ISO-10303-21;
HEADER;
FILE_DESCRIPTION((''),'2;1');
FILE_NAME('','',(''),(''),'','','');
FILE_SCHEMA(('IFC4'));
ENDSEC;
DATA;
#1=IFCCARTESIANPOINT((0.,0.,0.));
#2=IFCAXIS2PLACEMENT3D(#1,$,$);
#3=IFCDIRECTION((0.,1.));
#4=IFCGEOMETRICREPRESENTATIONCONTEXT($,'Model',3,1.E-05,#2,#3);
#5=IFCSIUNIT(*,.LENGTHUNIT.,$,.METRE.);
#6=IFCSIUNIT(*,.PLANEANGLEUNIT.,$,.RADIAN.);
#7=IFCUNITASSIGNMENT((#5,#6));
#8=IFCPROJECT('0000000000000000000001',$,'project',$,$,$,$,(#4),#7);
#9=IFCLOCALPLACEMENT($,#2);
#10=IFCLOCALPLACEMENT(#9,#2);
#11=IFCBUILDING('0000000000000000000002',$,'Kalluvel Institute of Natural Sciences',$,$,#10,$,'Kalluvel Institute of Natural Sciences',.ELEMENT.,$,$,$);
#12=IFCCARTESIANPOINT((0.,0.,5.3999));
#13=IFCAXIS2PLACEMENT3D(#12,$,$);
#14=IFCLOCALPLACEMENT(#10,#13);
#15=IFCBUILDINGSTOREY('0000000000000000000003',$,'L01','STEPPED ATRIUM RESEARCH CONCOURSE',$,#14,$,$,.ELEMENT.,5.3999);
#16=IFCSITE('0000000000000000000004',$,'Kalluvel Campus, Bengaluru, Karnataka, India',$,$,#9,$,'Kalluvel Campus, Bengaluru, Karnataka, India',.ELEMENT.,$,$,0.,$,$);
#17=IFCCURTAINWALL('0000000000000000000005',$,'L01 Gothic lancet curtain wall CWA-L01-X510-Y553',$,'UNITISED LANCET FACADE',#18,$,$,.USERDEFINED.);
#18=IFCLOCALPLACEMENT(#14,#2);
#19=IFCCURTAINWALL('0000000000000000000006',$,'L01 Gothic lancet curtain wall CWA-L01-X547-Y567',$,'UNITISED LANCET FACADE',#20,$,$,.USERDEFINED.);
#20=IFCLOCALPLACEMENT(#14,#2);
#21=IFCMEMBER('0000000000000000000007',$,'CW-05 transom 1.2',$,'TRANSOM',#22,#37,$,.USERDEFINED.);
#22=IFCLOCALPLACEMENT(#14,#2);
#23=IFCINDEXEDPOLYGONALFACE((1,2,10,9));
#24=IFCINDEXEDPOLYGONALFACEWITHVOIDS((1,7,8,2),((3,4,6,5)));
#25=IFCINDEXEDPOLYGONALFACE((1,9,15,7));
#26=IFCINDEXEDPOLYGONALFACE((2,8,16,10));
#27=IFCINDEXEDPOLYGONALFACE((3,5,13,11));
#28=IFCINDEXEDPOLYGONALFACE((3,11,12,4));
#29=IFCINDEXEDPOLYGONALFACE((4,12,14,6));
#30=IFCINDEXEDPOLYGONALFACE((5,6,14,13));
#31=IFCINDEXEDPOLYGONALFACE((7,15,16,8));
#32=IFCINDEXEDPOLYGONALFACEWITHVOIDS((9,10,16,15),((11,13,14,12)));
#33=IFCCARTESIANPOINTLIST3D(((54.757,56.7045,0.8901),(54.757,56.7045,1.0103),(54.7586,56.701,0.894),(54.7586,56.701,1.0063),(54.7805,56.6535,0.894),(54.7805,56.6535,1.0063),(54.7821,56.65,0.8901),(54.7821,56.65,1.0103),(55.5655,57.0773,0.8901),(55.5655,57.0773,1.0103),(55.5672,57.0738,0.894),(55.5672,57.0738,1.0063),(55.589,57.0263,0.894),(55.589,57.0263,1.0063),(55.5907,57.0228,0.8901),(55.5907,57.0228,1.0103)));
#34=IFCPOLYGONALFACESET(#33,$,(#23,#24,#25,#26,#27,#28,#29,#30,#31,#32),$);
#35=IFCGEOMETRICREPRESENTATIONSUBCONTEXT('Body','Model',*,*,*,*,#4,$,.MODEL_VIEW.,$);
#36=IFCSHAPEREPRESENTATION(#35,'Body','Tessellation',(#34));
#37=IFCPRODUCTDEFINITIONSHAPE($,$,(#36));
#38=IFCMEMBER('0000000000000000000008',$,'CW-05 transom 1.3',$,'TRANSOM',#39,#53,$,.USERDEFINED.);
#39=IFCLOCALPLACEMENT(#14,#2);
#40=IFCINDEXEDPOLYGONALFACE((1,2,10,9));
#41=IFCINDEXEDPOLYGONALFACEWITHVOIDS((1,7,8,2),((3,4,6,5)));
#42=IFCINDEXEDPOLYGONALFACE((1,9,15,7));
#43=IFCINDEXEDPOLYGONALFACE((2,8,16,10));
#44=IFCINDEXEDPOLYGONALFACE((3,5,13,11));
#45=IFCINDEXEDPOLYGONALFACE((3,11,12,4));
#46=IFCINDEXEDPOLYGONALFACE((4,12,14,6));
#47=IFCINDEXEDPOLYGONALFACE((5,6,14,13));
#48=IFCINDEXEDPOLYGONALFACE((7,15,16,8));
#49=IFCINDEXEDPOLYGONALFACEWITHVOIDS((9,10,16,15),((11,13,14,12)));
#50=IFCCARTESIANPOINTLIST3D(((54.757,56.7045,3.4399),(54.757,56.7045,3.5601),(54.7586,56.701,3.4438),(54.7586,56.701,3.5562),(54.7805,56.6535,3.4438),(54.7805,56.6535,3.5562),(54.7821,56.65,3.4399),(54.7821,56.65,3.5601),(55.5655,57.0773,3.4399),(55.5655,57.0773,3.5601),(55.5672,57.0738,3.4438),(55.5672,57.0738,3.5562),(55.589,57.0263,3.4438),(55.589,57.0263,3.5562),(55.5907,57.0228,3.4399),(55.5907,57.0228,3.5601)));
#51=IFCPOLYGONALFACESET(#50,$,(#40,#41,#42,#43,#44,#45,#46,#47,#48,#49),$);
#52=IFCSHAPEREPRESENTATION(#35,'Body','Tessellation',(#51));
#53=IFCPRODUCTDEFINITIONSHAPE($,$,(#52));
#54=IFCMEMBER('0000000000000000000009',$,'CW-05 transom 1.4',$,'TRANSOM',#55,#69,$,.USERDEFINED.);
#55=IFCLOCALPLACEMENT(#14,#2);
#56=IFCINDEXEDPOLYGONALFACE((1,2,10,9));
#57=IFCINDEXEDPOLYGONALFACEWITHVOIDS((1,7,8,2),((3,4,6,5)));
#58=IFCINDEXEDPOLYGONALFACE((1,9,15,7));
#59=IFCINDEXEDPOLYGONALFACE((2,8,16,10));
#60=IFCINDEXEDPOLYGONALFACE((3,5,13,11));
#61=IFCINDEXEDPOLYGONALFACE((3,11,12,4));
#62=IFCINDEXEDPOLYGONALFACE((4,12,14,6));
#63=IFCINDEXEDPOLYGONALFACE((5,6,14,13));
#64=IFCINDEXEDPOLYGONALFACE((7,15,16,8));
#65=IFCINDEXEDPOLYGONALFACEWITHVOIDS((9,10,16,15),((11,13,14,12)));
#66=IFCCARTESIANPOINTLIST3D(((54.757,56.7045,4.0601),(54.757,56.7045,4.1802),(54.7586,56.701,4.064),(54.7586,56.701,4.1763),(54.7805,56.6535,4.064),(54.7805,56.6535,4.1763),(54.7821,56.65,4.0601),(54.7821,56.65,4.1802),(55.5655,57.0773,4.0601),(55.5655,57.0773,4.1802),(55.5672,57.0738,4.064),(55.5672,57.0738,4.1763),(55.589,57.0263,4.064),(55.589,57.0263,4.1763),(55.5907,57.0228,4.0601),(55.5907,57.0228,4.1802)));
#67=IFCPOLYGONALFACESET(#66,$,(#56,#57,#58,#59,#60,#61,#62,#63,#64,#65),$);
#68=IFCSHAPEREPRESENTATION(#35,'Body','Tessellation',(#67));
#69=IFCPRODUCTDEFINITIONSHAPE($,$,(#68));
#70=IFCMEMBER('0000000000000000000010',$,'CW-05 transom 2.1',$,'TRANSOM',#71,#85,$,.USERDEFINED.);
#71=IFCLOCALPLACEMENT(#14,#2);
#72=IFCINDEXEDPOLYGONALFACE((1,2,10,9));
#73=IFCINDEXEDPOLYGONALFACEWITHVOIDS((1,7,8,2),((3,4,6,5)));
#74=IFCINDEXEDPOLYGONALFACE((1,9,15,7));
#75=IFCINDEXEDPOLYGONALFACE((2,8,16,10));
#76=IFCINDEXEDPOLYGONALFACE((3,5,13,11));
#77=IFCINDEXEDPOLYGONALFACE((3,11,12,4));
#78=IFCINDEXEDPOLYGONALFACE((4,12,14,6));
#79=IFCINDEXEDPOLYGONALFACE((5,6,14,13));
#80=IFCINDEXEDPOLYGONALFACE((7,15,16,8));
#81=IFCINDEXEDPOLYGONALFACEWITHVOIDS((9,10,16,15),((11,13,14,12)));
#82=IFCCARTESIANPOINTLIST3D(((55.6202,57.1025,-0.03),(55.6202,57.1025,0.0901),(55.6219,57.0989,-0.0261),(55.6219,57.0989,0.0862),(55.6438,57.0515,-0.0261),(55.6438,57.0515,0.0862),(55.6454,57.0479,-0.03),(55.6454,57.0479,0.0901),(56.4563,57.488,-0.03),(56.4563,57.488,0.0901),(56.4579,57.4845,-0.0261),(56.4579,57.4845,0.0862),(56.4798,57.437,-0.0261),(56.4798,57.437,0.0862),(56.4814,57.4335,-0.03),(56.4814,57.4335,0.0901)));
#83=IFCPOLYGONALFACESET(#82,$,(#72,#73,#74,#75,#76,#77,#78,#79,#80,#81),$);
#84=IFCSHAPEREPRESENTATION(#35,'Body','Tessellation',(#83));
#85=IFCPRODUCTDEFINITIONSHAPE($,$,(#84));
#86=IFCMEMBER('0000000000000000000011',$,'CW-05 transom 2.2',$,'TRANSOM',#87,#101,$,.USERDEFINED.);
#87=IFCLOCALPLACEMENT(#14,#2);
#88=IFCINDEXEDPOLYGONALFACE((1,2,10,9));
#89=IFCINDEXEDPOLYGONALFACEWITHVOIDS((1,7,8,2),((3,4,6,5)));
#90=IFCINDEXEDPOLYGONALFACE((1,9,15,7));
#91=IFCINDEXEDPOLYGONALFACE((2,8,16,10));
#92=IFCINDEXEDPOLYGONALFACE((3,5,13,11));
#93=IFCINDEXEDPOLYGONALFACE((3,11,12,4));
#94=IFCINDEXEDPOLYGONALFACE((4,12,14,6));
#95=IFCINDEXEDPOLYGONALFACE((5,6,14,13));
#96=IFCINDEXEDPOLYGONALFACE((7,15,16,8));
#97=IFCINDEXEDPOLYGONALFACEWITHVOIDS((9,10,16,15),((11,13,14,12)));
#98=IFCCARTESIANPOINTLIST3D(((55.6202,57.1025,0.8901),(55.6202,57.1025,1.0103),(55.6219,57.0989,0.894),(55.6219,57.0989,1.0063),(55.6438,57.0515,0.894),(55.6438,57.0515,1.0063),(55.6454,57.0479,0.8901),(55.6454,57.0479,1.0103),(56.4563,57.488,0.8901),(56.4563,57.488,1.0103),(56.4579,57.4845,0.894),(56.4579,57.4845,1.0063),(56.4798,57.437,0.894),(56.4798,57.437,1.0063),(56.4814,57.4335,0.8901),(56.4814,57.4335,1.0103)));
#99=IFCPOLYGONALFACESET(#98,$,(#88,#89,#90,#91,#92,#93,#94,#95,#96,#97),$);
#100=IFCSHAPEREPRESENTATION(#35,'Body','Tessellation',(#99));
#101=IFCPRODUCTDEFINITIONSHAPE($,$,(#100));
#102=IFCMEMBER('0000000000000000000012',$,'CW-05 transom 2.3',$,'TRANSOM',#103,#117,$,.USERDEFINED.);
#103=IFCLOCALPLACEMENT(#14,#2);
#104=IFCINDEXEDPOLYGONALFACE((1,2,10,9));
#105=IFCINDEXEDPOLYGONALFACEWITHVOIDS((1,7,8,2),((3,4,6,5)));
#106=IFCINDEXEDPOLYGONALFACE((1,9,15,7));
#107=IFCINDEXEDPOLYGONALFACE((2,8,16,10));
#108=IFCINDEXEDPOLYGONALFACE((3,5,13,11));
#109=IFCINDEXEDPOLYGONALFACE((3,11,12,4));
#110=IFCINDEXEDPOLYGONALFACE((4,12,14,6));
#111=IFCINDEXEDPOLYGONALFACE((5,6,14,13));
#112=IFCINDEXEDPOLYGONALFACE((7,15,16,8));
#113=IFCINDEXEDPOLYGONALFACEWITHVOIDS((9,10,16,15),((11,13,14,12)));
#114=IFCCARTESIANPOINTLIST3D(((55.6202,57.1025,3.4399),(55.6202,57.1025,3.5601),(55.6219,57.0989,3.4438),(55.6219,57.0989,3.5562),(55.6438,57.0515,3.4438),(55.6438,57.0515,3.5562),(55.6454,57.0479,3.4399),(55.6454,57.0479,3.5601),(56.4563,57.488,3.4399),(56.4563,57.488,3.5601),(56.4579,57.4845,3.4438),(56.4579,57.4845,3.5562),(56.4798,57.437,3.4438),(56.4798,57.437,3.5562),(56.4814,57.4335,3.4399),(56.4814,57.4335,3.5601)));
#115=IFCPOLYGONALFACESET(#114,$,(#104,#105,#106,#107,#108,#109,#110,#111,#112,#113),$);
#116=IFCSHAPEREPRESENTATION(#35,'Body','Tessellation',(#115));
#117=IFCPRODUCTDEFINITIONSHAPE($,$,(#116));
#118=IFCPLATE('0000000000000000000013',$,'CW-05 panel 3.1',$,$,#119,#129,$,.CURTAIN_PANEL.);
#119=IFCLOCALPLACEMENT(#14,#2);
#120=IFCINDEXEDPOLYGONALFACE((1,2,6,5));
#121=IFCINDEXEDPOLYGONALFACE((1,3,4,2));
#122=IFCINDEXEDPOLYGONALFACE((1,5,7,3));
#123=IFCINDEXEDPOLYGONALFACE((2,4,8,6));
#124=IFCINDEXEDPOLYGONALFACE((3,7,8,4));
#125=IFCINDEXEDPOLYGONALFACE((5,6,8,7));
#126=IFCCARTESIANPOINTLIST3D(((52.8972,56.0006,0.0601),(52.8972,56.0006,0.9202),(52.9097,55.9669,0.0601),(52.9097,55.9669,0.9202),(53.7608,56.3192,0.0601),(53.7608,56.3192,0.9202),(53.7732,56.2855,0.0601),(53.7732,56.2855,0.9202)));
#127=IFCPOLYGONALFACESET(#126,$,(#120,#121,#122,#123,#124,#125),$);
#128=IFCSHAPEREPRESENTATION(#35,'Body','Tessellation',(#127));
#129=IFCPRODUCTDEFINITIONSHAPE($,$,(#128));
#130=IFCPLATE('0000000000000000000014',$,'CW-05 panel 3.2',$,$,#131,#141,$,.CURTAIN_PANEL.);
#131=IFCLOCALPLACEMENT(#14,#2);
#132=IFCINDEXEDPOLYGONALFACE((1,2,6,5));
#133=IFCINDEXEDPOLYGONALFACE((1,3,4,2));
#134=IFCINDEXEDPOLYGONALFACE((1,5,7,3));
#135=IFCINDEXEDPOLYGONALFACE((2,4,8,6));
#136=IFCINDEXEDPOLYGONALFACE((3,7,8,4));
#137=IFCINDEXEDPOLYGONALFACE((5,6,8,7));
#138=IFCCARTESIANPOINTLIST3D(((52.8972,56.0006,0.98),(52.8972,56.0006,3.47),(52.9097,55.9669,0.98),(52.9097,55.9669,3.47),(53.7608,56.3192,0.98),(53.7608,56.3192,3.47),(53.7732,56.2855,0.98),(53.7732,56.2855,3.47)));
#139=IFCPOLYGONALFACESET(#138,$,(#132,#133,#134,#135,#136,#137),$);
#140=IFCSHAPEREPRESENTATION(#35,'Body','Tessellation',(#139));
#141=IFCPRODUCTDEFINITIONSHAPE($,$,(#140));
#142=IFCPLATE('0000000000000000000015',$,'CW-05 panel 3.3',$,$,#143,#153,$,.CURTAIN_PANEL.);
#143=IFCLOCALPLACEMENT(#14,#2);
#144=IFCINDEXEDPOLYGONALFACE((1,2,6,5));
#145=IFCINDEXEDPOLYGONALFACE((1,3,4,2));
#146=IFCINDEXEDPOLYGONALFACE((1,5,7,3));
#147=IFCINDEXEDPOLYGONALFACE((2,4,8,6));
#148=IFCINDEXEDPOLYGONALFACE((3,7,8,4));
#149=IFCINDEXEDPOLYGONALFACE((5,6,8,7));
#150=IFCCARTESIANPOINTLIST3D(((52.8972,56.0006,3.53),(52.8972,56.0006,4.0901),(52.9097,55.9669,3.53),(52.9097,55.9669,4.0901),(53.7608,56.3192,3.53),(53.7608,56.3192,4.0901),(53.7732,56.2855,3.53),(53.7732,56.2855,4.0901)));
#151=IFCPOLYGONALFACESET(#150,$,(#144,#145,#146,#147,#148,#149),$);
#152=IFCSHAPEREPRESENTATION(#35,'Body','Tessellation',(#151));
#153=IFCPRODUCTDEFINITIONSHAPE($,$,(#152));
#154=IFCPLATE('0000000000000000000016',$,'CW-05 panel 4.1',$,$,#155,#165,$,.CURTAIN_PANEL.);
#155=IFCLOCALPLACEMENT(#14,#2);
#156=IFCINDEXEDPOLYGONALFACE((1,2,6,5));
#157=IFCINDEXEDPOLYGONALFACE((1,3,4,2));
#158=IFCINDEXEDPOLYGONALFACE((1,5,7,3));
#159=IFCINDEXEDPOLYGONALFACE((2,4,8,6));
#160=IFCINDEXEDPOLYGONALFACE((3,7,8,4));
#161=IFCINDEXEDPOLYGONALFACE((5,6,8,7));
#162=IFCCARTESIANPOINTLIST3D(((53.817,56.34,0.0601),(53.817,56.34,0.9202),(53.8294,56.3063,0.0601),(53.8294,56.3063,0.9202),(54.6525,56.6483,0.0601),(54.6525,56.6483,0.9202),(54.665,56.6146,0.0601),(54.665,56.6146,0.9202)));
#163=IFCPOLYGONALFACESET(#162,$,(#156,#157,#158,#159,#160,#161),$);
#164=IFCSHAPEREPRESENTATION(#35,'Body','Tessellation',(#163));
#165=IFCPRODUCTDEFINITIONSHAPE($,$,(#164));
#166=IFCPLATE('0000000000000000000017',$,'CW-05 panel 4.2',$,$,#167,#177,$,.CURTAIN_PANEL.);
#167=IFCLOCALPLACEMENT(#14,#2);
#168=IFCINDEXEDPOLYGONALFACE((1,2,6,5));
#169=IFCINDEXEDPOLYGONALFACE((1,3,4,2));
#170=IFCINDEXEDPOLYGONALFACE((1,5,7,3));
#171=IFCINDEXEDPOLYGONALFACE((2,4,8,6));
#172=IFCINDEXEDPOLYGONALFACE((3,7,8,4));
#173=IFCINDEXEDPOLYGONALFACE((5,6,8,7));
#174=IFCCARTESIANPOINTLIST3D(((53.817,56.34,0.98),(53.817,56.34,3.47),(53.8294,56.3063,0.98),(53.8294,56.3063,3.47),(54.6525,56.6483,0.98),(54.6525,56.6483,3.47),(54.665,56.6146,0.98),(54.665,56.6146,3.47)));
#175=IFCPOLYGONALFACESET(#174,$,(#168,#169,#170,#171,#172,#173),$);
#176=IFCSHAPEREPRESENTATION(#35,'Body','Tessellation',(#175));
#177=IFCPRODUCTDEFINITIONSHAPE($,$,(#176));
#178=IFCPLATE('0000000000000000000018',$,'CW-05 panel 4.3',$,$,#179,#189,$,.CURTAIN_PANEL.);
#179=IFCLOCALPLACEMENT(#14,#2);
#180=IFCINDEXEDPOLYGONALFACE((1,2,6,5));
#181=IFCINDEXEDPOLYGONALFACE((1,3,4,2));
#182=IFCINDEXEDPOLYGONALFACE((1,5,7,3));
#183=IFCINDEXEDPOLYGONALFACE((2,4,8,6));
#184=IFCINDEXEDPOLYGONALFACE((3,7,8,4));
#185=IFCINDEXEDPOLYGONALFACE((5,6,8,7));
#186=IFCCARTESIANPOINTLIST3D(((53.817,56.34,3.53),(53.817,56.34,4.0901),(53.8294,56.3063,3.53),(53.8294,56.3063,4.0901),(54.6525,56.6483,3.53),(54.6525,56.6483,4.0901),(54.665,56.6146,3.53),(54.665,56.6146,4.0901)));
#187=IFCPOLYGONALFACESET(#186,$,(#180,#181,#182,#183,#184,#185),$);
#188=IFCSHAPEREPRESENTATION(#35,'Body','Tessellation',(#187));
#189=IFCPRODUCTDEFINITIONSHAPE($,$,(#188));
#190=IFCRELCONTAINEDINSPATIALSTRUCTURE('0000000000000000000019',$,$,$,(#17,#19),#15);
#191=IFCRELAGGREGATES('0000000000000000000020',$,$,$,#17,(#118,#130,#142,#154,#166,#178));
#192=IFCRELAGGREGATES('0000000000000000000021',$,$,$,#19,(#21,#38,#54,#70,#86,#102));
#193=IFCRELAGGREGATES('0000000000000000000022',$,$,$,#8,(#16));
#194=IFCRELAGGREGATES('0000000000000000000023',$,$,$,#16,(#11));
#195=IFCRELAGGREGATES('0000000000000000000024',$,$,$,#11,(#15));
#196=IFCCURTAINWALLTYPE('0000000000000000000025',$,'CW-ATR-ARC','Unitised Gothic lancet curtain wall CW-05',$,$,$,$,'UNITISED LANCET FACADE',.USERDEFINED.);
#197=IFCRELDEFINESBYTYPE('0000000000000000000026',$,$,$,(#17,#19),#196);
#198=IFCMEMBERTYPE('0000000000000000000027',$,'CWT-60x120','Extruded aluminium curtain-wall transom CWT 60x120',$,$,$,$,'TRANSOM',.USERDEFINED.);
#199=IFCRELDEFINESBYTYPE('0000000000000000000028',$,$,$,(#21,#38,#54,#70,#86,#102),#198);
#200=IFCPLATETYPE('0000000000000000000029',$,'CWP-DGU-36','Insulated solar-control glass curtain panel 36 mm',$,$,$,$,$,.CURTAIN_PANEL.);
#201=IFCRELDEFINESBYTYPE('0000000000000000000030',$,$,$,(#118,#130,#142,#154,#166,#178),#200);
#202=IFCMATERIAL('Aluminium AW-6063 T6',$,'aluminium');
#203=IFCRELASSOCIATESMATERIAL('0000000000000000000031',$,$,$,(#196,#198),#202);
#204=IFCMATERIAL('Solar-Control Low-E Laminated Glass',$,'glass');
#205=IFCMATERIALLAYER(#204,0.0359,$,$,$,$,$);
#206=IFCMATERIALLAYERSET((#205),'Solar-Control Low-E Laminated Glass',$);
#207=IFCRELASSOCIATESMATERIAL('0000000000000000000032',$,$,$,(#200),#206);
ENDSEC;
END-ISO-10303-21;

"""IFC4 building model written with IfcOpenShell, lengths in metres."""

from ifc_helpers import new_model, si_unit, direction, frame, origin, origin_2d, place, context, subcontext, project, spatial, rectangle, hollow_rectangle, extrude, material, layer, layer_set, material_profile, profile_set, type_object, element, aggregate, save


model = new_model("IFC4")

# Units and contexts
model_context = context("Model", 3, precision=1e-05, world=origin(), true_north=direction((0.0, 1.0)))
body_context = subcontext(model_context, "Body", "Model", "MODEL_VIEW")
ifc_project = project(units=[si_unit("LENGTHUNIT", "METRE"), si_unit("PLANEANGLEUNIT", "RADIAN")], contexts=[model_context])

# Site, building, storey
site_placement = place(None, origin())
site = spatial("IfcSite", under=ifc_project, at=site_placement, Name="Kalluvel Campus, Bengaluru, Karnataka, India", LongName="Kalluvel Campus, Bengaluru, Karnataka, India", CompositionType="ELEMENT", RefElevation=0.0)
building_placement = place(site_placement, origin())
building = spatial("IfcBuilding", under=site, at=building_placement, Name="Kalluvel Institute of Natural Sciences", LongName="Kalluvel Institute of Natural Sciences", CompositionType="ELEMENT")
storey_placement = place(building_placement, frame((0.0, 0.0, 5.3999)))
storey = spatial("IfcBuildingStorey", under=building, at=storey_placement, Name="L01", Description="STEPPED ATRIUM RESEARCH CONCOURSE", CompositionType="ELEMENT", Elevation=5.3999)

# Curtain walls
ifc_material_1 = material(Name="Aluminium AW-6063 T6", Category="aluminium")
curtain_wall_type = type_object("IfcCurtainWallType", Name="CW-ATR-ARC", Description="Unitised Gothic lancet curtain wall CW-05", ElementType="UNITISED LANCET FACADE", PredefinedType="USERDEFINED", material=ifc_material_1)
curtain_wall_1_placement = place(storey_placement, origin())
curtain_wall_1 = element("IfcCurtainWall", 1, at=curtain_wall_1_placement, inside=storey, type_object=curtain_wall_type, Name="L01 Gothic lancet curtain wall CWA-L01-X510-Y553", ObjectType="UNITISED LANCET FACADE", PredefinedType="USERDEFINED")
curtain_wall_2_placement = place(storey_placement, origin())
curtain_wall_2 = element("IfcCurtainWall", 2, at=curtain_wall_2_placement, inside=storey, type_object=curtain_wall_type, Name="L01 Gothic lancet curtain wall CWA-L01-X547-Y567", ObjectType="UNITISED LANCET FACADE", PredefinedType="USERDEFINED")

# Members
ifc_material_profile_1 = material_profile(ifc_material_1, hollow_rectangle(XDim=0.0601, YDim=0.1201, WallThickness=0.0039, at=origin_2d()), Name="CWT 60x120")
ifc_profile_set_1 = profile_set([ifc_material_profile_1], Name="Aluminium AW-6063 T6")
member_type_1 = type_object("IfcMemberType", Name="CWT-60x120", Description="Extruded aluminium curtain-wall transom CWT 60x120", ElementType="TRANSOM", PredefinedType="USERDEFINED", material=ifc_profile_set_1)
member_1_placement = place(storey_placement, frame((54.7695, 56.6772, 0.9502), z_axis=(0.908128, 0.418693, 0.0), x_axis=(-0.418693, 0.908128, 0.0)))
member_1 = element("IfcMember", 3, at=member_1_placement, type_object=member_type_1, Name="CW-05 transom 1.2", ObjectType="TRANSOM", PredefinedType="USERDEFINED", context=body_context, shape_type="SweptSolid", body=[
    extrude(hollow_rectangle(XDim=0.0601, YDim=0.1201, WallThickness=0.0039, at=origin_2d()), origin(), (0.0, 0.0, 1.0), 0.8904),
])
member_2_placement = place(storey_placement, frame((54.7695, 56.6772, 3.5), z_axis=(0.908128, 0.418693, 0.0), x_axis=(-0.418693, 0.908128, 0.0)))
member_2 = element("IfcMember", 4, at=member_2_placement, type_object=member_type_1, Name="CW-05 transom 1.3", ObjectType="TRANSOM", PredefinedType="USERDEFINED", context=body_context, shape_type="SweptSolid", body=[
    extrude(hollow_rectangle(XDim=0.0601, YDim=0.1201, WallThickness=0.0039, at=origin_2d()), origin(), (0.0, 0.0, 1.0), 0.8904),
])
member_3_placement = place(storey_placement, frame((54.7695, 56.6772, 4.1201), z_axis=(0.908128, 0.418693, 0.0), x_axis=(-0.418693, 0.908128, 0.0)))
member_3 = element("IfcMember", 5, at=member_3_placement, type_object=member_type_1, Name="CW-05 transom 1.4", ObjectType="TRANSOM", PredefinedType="USERDEFINED", context=body_context, shape_type="SweptSolid", body=[
    extrude(hollow_rectangle(XDim=0.0601, YDim=0.1201, WallThickness=0.0039, at=origin_2d()), origin(), (0.0, 0.0, 1.0), 0.8904),
])
member_4_placement = place(storey_placement, frame((55.6328, 57.0752, 0.03), z_axis=(0.908091, 0.418772, 0.0), x_axis=(-0.418772, 0.908091, 0.0)))
member_4 = element("IfcMember", 6, at=member_4_placement, type_object=member_type_1, Name="CW-05 transom 2.1", ObjectType="TRANSOM", PredefinedType="USERDEFINED", context=body_context, shape_type="SweptSolid", body=[
    extrude(hollow_rectangle(XDim=0.0601, YDim=0.1201, WallThickness=0.0039, at=origin_2d()), origin(), (0.0, 0.0, 1.0), 0.9207),
])
member_5_placement = place(storey_placement, frame((55.6328, 57.0752, 0.9502), z_axis=(0.908091, 0.418772, 0.0), x_axis=(-0.418772, 0.908091, 0.0)))
member_5 = element("IfcMember", 7, at=member_5_placement, type_object=member_type_1, Name="CW-05 transom 2.2", ObjectType="TRANSOM", PredefinedType="USERDEFINED", context=body_context, shape_type="SweptSolid", body=[
    extrude(hollow_rectangle(XDim=0.0601, YDim=0.1201, WallThickness=0.0039, at=origin_2d()), origin(), (0.0, 0.0, 1.0), 0.9207),
])
member_6_placement = place(storey_placement, frame((55.6328, 57.0752, 3.5), z_axis=(0.908091, 0.418772, 0.0), x_axis=(-0.418772, 0.908091, 0.0)))
member_6 = element("IfcMember", 8, at=member_6_placement, type_object=member_type_1, Name="CW-05 transom 2.3", ObjectType="TRANSOM", PredefinedType="USERDEFINED", context=body_context, shape_type="SweptSolid", body=[
    extrude(hollow_rectangle(XDim=0.0601, YDim=0.1201, WallThickness=0.0039, at=origin_2d()), origin(), (0.0, 0.0, 1.0), 0.9207),
])

# Plates
ifc_material_2 = material(Name="Solar-Control Low-E Laminated Glass", Category="glass")
ifc_layer = layer(ifc_material_2, 0.0359)
ifc_layer_set = layer_set([ifc_layer], Name="Solar-Control Low-E Laminated Glass")
plate_type = type_object("IfcPlateType", Name="CWP-DGU-36", Description="Insulated solar-control glass curtain panel 36 mm", PredefinedType="CURTAIN_PANEL", material=ifc_layer_set)
plate_1_placement = place(storey_placement, frame((53.3352, 56.1431, 0.0601), z_axis=(0.0, 0.0, 1.0), x_axis=(0.938189, 0.346122, 0.0)))
plate_1 = element("IfcPlate", 9, at=plate_1_placement, type_object=plate_type, Name="CW-05 panel 3.1", PredefinedType="CURTAIN_PANEL", context=body_context, shape_type="SweptSolid", body=[
    extrude(rectangle(XDim=0.9204, YDim=0.0359, at=origin_2d()), origin(), (0.0, 0.0, 1.0), 0.8601),
])
plate_2_placement = place(storey_placement, frame((53.3352, 56.1431, 0.98), z_axis=(0.0, 0.0, 1.0), x_axis=(0.938189, 0.346122, 0.0)))
plate_2 = element("IfcPlate", 10, at=plate_2_placement, type_object=plate_type, Name="CW-05 panel 3.2", PredefinedType="CURTAIN_PANEL", context=body_context, shape_type="SweptSolid", body=[
    extrude(rectangle(XDim=0.9204, YDim=0.0359, at=origin_2d()), origin(), (0.0, 0.0, 1.0), 2.49),
])
plate_3_placement = place(storey_placement, frame((53.3352, 56.1431, 3.53), z_axis=(0.0, 0.0, 1.0), x_axis=(0.938189, 0.346122, 0.0)))
plate_3 = element("IfcPlate", 11, at=plate_3_placement, type_object=plate_type, Name="CW-05 panel 3.3", PredefinedType="CURTAIN_PANEL", context=body_context, shape_type="SweptSolid", body=[
    extrude(rectangle(XDim=0.9204, YDim=0.0359, at=origin_2d()), origin(), (0.0, 0.0, 1.0), 0.5601),
])
plate_4_placement = place(storey_placement, frame((54.241, 56.4773, 0.0601), z_axis=(0.0, 0.0, 1.0), x_axis=(0.938189, 0.346122, 0.0)))
plate_4 = element("IfcPlate", 12, at=plate_4_placement, type_object=plate_type, Name="CW-05 panel 4.1", PredefinedType="CURTAIN_PANEL", context=body_context, shape_type="SweptSolid", body=[
    extrude(rectangle(XDim=0.8906, YDim=0.0359, at=origin_2d()), origin(), (0.0, 0.0, 1.0), 0.8601),
])
plate_5_placement = place(storey_placement, frame((54.241, 56.4773, 0.98), z_axis=(0.0, 0.0, 1.0), x_axis=(0.938189, 0.346122, 0.0)))
plate_5 = element("IfcPlate", 13, at=plate_5_placement, type_object=plate_type, Name="CW-05 panel 4.2", PredefinedType="CURTAIN_PANEL", context=body_context, shape_type="SweptSolid", body=[
    extrude(rectangle(XDim=0.8906, YDim=0.0359, at=origin_2d()), origin(), (0.0, 0.0, 1.0), 2.49),
])
plate_6_placement = place(storey_placement, frame((54.241, 56.4773, 3.53), z_axis=(0.0, 0.0, 1.0), x_axis=(0.938189, 0.346122, 0.0)))
plate_6 = element("IfcPlate", 14, at=plate_6_placement, type_object=plate_type, Name="CW-05 panel 4.3", PredefinedType="CURTAIN_PANEL", context=body_context, shape_type="SweptSolid", body=[
    extrude(rectangle(XDim=0.8906, YDim=0.0359, at=origin_2d()), origin(), (0.0, 0.0, 1.0), 0.5601),
])
aggregate(curtain_wall_1, [plate_1, plate_2, plate_3, plate_4, plate_5, plate_6])
aggregate(curtain_wall_2, [member_1, member_2, member_3, member_4, member_5, member_6])

save(model, "model.ifc")
